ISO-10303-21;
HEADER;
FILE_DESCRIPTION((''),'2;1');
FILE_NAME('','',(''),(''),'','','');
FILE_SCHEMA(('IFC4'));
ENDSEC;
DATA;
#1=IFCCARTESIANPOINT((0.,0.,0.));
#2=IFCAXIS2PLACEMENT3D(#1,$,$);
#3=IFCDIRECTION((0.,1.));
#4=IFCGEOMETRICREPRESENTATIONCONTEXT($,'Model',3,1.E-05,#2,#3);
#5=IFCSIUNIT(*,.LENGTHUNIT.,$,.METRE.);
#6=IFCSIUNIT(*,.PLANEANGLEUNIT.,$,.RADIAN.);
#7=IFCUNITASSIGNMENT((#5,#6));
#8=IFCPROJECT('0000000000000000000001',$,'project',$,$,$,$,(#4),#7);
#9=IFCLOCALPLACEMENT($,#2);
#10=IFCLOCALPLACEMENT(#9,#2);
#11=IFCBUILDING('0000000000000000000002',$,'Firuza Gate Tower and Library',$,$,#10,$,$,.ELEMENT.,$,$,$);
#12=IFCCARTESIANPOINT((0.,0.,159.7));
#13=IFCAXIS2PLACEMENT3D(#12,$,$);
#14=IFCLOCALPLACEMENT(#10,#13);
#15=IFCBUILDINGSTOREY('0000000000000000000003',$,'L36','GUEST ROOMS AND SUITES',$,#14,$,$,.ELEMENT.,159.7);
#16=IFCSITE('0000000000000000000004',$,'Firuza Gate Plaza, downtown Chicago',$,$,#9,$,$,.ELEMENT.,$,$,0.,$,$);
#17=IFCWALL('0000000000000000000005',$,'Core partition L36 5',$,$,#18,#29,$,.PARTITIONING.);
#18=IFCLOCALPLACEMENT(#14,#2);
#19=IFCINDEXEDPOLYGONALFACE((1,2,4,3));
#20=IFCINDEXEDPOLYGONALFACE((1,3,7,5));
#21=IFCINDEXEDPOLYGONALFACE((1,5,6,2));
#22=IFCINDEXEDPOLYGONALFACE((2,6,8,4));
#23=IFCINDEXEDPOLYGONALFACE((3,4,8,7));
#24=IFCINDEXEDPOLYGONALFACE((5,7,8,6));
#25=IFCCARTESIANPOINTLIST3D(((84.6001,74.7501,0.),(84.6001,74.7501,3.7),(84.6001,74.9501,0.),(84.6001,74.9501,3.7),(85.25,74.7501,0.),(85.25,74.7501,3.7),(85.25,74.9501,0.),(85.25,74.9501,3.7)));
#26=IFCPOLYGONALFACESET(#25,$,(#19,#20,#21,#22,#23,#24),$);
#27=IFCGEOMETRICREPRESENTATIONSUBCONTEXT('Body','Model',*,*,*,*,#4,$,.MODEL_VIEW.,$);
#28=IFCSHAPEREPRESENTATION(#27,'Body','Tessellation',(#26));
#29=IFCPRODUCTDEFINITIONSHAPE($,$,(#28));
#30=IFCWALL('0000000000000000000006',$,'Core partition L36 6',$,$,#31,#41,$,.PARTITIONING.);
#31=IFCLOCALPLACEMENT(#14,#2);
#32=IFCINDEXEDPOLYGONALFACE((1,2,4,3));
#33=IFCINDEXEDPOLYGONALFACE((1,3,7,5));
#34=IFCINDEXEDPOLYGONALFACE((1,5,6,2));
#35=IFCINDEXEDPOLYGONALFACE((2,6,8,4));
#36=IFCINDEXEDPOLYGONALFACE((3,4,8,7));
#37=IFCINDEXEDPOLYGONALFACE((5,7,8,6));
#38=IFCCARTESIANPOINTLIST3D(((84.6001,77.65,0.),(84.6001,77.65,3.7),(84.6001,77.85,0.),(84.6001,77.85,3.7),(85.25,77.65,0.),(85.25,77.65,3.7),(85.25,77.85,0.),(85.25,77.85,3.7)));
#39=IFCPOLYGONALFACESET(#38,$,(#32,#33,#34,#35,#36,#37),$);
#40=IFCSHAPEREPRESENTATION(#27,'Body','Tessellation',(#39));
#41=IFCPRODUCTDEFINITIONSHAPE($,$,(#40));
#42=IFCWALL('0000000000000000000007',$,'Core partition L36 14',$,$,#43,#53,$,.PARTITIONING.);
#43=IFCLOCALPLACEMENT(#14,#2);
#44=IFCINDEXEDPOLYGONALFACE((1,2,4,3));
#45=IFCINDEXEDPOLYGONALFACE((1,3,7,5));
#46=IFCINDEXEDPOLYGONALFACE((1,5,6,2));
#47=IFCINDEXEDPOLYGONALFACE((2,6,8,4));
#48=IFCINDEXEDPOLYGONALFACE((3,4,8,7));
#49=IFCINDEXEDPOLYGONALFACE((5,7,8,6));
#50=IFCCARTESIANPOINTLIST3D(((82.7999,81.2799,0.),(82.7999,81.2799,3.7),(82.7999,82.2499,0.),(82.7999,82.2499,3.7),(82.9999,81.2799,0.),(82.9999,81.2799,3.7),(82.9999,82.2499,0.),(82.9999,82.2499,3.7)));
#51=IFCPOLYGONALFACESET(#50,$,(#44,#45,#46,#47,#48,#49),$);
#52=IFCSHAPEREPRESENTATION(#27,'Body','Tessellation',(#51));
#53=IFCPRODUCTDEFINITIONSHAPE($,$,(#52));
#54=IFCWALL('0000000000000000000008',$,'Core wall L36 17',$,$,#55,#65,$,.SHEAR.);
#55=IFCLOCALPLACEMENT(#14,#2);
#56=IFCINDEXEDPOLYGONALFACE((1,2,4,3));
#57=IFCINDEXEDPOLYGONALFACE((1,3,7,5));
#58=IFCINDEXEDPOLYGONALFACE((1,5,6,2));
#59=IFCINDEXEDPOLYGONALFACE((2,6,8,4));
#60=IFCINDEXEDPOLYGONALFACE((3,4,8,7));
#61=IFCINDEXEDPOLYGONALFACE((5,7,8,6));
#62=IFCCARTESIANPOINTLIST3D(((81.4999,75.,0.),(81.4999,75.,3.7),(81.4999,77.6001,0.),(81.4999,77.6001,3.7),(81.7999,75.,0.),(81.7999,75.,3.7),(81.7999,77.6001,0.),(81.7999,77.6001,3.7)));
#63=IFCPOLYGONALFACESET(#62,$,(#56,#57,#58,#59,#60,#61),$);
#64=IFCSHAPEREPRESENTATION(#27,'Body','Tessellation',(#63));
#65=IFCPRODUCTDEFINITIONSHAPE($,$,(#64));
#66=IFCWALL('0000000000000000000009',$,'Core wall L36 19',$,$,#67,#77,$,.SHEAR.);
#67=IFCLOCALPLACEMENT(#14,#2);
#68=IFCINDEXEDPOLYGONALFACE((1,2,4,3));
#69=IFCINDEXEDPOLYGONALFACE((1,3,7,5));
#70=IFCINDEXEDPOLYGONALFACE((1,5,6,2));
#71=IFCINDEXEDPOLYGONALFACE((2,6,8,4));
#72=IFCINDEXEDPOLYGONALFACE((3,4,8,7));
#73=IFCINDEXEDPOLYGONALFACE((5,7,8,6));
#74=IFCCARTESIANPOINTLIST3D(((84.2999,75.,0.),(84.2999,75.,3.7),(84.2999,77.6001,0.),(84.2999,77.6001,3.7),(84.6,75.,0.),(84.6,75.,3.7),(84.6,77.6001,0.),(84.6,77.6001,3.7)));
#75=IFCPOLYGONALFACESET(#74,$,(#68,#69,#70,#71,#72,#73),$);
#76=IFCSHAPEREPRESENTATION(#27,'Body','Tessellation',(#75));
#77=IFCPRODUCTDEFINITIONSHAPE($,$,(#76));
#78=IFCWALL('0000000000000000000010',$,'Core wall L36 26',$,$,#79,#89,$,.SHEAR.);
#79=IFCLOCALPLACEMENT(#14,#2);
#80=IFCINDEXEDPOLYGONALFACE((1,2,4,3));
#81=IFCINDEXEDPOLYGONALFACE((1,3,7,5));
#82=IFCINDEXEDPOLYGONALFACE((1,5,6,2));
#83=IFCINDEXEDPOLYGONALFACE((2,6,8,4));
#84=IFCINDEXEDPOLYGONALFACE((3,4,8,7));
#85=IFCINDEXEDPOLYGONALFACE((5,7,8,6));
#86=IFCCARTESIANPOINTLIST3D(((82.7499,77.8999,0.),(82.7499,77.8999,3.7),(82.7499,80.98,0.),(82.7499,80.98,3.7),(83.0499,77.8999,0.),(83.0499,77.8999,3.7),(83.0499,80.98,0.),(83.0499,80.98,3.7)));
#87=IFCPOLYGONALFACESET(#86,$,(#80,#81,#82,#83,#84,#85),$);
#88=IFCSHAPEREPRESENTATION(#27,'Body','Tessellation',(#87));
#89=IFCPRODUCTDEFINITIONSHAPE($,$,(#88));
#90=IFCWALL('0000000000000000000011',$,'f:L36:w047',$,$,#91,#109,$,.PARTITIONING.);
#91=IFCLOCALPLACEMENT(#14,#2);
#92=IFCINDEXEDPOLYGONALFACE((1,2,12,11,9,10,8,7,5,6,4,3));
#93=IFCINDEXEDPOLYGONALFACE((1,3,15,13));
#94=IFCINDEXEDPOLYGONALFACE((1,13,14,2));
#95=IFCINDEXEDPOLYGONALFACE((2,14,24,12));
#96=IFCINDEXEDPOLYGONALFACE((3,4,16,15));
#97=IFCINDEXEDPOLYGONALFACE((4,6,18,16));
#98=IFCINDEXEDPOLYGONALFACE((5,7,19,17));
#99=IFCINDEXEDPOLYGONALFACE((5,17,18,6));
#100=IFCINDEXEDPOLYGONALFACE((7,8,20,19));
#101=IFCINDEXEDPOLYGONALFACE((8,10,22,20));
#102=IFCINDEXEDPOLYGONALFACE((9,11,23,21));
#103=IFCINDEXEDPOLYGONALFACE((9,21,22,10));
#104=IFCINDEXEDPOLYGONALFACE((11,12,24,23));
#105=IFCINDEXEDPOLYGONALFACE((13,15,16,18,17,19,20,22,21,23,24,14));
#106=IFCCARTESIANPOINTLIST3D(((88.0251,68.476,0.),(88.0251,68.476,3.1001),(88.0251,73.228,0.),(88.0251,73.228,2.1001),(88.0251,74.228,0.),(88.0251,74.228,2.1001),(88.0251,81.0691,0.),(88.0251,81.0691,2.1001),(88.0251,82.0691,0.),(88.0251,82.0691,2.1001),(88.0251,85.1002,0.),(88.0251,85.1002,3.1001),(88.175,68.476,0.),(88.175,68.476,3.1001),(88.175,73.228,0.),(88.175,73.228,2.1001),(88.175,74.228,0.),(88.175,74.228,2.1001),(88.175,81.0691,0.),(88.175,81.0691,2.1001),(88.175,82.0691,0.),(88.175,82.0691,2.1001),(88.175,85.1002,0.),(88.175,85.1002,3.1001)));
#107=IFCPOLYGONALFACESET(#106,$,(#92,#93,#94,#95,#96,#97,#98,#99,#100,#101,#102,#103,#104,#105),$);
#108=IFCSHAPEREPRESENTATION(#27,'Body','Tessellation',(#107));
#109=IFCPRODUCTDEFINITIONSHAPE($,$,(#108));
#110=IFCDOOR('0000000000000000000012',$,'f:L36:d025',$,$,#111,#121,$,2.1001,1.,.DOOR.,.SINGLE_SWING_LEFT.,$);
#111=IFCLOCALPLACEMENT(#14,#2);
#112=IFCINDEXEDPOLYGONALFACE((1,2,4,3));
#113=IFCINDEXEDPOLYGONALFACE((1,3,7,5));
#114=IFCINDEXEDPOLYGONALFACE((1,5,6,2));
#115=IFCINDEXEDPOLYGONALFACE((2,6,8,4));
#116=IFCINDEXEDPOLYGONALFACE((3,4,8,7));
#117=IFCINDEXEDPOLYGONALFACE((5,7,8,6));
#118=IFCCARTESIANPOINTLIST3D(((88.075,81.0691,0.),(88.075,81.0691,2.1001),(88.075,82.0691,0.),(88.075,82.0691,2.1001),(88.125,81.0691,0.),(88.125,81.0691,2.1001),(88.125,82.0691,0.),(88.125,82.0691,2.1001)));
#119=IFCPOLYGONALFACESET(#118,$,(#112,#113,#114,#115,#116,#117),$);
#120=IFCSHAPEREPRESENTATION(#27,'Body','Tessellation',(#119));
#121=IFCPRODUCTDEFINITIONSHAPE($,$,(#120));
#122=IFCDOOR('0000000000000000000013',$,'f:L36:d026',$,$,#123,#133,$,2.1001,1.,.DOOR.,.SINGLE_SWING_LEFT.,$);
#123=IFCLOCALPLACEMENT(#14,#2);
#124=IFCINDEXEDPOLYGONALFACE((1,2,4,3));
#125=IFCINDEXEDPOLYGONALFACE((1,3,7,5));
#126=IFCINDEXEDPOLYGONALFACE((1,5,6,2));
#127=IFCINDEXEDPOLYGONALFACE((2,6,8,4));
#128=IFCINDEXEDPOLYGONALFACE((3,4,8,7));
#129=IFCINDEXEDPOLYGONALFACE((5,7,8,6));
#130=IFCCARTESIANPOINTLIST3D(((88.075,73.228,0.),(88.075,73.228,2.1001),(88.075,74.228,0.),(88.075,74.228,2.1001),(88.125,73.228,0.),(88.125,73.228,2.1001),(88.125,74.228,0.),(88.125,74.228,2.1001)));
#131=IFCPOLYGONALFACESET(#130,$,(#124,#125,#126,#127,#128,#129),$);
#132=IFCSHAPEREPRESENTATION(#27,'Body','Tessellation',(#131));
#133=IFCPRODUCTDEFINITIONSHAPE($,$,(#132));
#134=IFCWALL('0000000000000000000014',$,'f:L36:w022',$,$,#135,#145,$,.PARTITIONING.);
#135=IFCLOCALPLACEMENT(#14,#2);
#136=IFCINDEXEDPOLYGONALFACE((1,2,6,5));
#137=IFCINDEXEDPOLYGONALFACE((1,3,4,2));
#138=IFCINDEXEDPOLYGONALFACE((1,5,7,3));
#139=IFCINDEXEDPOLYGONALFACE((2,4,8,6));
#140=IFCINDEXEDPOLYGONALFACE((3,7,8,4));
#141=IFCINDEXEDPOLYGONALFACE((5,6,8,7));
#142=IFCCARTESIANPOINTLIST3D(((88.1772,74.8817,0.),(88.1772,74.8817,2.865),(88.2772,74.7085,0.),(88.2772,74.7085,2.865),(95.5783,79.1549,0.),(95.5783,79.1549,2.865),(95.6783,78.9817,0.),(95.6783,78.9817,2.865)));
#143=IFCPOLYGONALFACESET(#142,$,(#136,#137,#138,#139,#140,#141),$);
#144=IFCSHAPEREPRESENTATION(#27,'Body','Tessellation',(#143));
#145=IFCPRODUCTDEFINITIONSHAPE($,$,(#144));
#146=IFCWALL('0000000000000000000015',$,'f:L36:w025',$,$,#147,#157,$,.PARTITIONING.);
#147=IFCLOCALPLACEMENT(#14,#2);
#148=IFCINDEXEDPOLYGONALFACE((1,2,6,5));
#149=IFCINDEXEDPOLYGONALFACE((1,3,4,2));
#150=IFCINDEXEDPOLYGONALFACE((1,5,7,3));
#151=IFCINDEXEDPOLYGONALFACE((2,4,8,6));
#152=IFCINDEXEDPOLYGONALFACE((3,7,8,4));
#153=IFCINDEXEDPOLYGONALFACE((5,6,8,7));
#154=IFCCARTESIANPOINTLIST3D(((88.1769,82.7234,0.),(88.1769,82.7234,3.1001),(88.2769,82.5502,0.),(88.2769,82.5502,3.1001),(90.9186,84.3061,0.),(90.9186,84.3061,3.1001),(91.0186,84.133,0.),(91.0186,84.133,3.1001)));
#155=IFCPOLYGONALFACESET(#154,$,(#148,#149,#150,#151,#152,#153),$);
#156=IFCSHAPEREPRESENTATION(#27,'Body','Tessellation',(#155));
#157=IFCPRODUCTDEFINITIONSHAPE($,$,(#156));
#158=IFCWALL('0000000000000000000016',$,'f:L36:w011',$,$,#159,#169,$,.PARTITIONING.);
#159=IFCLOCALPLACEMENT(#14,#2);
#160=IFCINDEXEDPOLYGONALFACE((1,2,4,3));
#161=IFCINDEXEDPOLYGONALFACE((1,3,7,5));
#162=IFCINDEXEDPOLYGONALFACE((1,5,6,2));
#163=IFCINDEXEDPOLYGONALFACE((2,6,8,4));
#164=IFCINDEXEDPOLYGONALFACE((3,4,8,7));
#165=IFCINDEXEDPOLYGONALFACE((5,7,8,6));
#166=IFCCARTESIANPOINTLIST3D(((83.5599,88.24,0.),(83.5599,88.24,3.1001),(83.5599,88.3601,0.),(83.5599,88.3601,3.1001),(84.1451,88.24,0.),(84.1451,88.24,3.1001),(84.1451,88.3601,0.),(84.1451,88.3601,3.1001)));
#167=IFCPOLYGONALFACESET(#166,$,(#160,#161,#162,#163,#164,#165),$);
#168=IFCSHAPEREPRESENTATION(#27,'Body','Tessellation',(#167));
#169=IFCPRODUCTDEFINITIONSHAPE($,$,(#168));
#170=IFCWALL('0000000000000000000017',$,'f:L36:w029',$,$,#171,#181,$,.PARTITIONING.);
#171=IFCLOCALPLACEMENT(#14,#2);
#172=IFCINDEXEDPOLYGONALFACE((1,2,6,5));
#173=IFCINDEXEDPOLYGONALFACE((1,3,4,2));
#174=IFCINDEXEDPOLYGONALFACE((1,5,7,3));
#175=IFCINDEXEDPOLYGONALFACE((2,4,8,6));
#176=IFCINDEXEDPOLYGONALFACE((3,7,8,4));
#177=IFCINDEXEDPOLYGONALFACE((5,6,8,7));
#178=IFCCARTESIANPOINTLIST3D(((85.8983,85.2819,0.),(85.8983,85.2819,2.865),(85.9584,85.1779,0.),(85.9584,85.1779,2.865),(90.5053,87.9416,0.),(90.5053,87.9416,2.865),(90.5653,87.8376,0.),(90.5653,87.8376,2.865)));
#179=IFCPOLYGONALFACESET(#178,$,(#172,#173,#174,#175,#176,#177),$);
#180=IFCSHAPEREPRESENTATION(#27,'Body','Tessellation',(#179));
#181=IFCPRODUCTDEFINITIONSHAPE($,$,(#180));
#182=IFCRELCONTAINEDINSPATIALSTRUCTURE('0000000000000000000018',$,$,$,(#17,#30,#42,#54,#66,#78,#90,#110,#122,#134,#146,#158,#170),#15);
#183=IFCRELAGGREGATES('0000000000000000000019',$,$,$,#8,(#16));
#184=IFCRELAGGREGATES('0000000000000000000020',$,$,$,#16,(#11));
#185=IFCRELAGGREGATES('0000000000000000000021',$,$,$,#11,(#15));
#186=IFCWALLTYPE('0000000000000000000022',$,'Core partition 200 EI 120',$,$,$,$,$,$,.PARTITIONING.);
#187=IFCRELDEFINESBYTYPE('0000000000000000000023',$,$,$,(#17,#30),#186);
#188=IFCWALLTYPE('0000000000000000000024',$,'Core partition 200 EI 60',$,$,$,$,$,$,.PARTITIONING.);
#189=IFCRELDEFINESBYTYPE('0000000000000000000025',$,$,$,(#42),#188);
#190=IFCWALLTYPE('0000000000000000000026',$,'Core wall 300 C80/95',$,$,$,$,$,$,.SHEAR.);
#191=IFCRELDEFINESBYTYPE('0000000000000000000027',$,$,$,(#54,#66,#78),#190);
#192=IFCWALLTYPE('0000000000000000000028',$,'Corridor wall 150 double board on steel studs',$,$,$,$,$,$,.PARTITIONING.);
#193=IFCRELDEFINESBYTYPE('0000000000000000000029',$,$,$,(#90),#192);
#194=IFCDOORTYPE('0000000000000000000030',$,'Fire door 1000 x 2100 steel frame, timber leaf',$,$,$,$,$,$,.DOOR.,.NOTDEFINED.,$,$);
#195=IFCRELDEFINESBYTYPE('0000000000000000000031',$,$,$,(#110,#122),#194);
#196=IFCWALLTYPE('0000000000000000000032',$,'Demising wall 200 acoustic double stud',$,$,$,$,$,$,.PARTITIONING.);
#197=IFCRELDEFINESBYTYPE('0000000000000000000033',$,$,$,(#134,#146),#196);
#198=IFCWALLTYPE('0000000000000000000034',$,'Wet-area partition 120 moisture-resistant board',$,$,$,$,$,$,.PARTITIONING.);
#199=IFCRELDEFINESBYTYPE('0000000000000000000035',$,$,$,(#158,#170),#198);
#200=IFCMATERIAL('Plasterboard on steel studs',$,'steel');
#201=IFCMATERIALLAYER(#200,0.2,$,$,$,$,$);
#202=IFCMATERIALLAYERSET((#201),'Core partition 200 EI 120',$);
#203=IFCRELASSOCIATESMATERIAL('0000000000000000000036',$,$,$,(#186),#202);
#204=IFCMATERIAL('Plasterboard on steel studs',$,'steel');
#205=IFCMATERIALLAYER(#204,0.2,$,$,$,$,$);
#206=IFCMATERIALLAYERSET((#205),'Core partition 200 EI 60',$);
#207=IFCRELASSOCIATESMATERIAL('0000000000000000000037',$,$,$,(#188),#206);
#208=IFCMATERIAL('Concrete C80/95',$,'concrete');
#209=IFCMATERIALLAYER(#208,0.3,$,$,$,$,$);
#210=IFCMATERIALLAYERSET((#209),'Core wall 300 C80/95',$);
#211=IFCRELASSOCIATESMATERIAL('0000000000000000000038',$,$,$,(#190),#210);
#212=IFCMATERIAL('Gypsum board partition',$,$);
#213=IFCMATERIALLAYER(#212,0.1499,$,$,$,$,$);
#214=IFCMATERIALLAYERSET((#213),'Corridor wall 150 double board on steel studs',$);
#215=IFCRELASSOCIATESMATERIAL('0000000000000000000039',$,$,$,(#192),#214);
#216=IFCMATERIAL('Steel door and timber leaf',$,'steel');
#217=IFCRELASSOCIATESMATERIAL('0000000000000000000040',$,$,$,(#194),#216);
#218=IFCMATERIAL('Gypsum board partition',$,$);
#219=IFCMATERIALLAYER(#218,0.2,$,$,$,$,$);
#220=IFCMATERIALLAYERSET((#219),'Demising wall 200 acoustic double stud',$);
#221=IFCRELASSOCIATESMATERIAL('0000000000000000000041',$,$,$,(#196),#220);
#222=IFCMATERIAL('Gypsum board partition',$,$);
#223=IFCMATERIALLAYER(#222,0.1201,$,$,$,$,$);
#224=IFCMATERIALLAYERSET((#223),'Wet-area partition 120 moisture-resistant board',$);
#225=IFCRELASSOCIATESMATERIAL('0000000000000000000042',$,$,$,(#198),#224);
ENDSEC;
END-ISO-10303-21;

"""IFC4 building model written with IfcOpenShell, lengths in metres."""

from ifc_helpers import new_model, si_unit, direction, frame, frame_2d, origin, place, context, subcontext, project, spatial, rectangle, extrude, material, layer, layer_set, type_object, element, fill, save


model = new_model("IFC4")

# Units and contexts
model_context = context("Model", 3, precision=1e-05, world=origin(), true_north=direction((0.0, 1.0)))
body_context = subcontext(model_context, "Body", "Model", "MODEL_VIEW")
ifc_project = project(units=[si_unit("LENGTHUNIT", "METRE"), si_unit("PLANEANGLEUNIT", "RADIAN")], contexts=[model_context])

# Site, building, storey
site_placement = place(None, origin())
site = spatial("IfcSite", under=ifc_project, at=site_placement, Name="Firuza Gate Plaza, downtown Chicago", CompositionType="ELEMENT", RefElevation=0.0)
building_placement = place(site_placement, origin())
building = spatial("IfcBuilding", under=site, at=building_placement, Name="Firuza Gate Tower and Library", CompositionType="ELEMENT")
storey_placement = place(building_placement, frame((0.0, 0.0, 159.7)))
storey = spatial("IfcBuildingStorey", under=building, at=storey_placement, Name="L36", Description="GUEST ROOMS AND SUITES", CompositionType="ELEMENT", Elevation=159.7)

# Walls
ifc_material_1 = material(Name="Plasterboard on steel studs", Category="steel")
ifc_layer_1 = layer(ifc_material_1, 0.2)
ifc_layer_set_1 = layer_set([ifc_layer_1], Name="Core partition 200 EI 120")
wall_type_1 = type_object("IfcWallType", Name="Core partition 200 EI 120", PredefinedType="PARTITIONING", material=ifc_layer_set_1)
for number, where, z_axis, x_axis, name in (
    (1, (84.6001, 74.8501, 0.0), (0.0, 0.0, 1.0), (1.0, 0.0, 0.0), "Core partition L36 5"),
    (2, (84.6001, 77.75, 0.0), (0.0, 0.0, 1.0), (1.0, 0.0, 0.0), "Core partition L36 6"),
):
    element("IfcWall", number, at=place(storey_placement, frame(where, z_axis=z_axis, x_axis=x_axis)), inside=storey, type_object=wall_type_1, Name=name, PredefinedType="PARTITIONING", context=body_context, shape_type="SweptSolid", body=[
        extrude(rectangle(XDim=0.6499, YDim=0.2, at=frame_2d((0.325, 0.0))), origin(), (0.0, 0.0, 1.0), 3.7),
    ])
ifc_material_2 = material(Name="Plasterboard on steel studs", Category="steel")
ifc_layer_2 = layer(ifc_material_2, 0.2)
ifc_layer_set_2 = layer_set([ifc_layer_2], Name="Core partition 200 EI 60")
wall_type_2 = type_object("IfcWallType", Name="Core partition 200 EI 60", PredefinedType="PARTITIONING", material=ifc_layer_set_2)
wall_1_placement = place(storey_placement, frame((82.8999, 81.28, 0.0), z_axis=(0.0, 0.0, 1.0), x_axis=(0.0, 1.0, 0.0)))
element("IfcWall", 3, at=wall_1_placement, inside=storey, type_object=wall_type_2, Name="Core partition L36 14", PredefinedType="PARTITIONING", context=body_context, shape_type="SweptSolid", body=[
    extrude(rectangle(XDim=0.97, YDim=0.2, at=frame_2d((0.4849, 0.0))), origin(), (0.0, 0.0, 1.0), 3.7),
])
ifc_material_3 = material(Name="Concrete C80/95", Category="concrete")
ifc_layer_3 = layer(ifc_material_3, 0.3)
ifc_layer_set_3 = layer_set([ifc_layer_3], Name="Core wall 300 C80/95")
wall_type_3 = type_object("IfcWallType", Name="Core wall 300 C80/95", PredefinedType="SHEAR", material=ifc_layer_set_3)
for number, where, z_axis, x_axis, name in (
    (4, (81.6499, 75.0, 0.0), (0.0, 0.0, 1.0), (0.0, 1.0, 0.0), "Core wall L36 17"),
    (5, (84.45, 75.0, 0.0), (0.0, 0.0, 1.0), (0.0, 1.0, 0.0), "Core wall L36 19"),
):
    element("IfcWall", number, at=place(storey_placement, frame(where, z_axis=z_axis, x_axis=x_axis)), inside=storey, type_object=wall_type_3, Name=name, PredefinedType="SHEAR", context=body_context, shape_type="SweptSolid", body=[
        extrude(rectangle(XDim=2.6001, YDim=0.3, at=frame_2d((1.3, 0.0))), origin(), (0.0, 0.0, 1.0), 3.7),
    ])
wall_2_placement = place(storey_placement, frame((82.8999, 77.8999, 0.0), z_axis=(0.0, 0.0, 1.0), x_axis=(0.0, 1.0, 0.0)))
element("IfcWall", 6, at=wall_2_placement, inside=storey, type_object=wall_type_3, Name="Core wall L36 26", PredefinedType="SHEAR", context=body_context, shape_type="SweptSolid", body=[
    extrude(rectangle(XDim=3.0801, YDim=0.3, at=frame_2d((1.54, 0.0))), origin(), (0.0, 0.0, 1.0), 3.7),
])

# Wall, openings, doors
ifc_material_4 = material(Name="Gypsum board partition")
ifc_layer_4 = layer(ifc_material_4, 0.1499)
ifc_layer_set_4 = layer_set([ifc_layer_4], Name="Corridor wall 150 double board on steel studs")
wall_type_4 = type_object("IfcWallType", Name="Corridor wall 150 double board on steel studs", PredefinedType="PARTITIONING", material=ifc_layer_set_4)
wall_3_placement = place(storey_placement, frame((88.1001, 85.1001, 0.0), z_axis=(0.0, 0.0, 1.0), x_axis=(0.0, -1.0, 0.0)))
wall_3 = element("IfcWall", 7, at=wall_3_placement, inside=storey, type_object=wall_type_4, Name="f:L36:w047", PredefinedType="PARTITIONING", context=body_context, shape_type="SweptSolid", body=[
    extrude(rectangle(XDim=16.6243, YDim=0.1499, at=frame_2d((8.312, 0.0))), origin(), (0.0, 0.0, 1.0), 3.1001),
])
opening_1_placement = place(wall_3_placement, frame((3.031, 0.0, 0.0)))
opening_1 = element("IfcOpeningElement", 8, at=opening_1_placement, cuts=wall_3, PredefinedType="OPENING", context=body_context, shape_type="SweptSolid", body=[
    extrude(rectangle(XDim=1.0, YDim=2.1001, at=frame_2d((0.5, 1.05))), frame((0.0, 0.085, 0.0), z_axis=(0.0, -1.0, 0.0), x_axis=(1.0, 0.0, 0.0)), (0.0, 0.0, 1.0), 0.1699),
])
opening_2_placement = place(wall_3_placement, frame((10.8721, 0.0, 0.0)))
opening_2 = element("IfcOpeningElement", 9, at=opening_2_placement, cuts=wall_3, PredefinedType="OPENING", context=body_context, shape_type="SweptSolid", body=[
    extrude(rectangle(XDim=1.0, YDim=2.1001, at=frame_2d((0.5, 1.05))), frame((0.0, 0.085, 0.0), z_axis=(0.0, -1.0, 0.0), x_axis=(1.0, 0.0, 0.0)), (0.0, 0.0, 1.0), 0.1699),
])
ifc_material_5 = material(Name="Steel door and timber leaf", Category="steel")
door_type = type_object("IfcDoorType", Name="Fire door 1000 x 2100 steel frame, timber leaf", OperationType="NOTDEFINED", PredefinedType="DOOR", material=ifc_material_5)
door_1_placement = place(opening_1_placement, origin())
door_1 = element("IfcDoor", 10, at=door_1_placement, inside=storey, type_object=door_type, Name="f:L36:d025", OperationType="SINGLE_SWING_LEFT", OverallHeight=2.1001, OverallWidth=1.0, PredefinedType="DOOR", context=body_context, shape_type="SweptSolid", body=[
    extrude(rectangle(XDim=1.0, YDim=2.1001, at=frame_2d((0.5, 1.05))), frame((0.0, 0.0249, 0.0), z_axis=(0.0, -1.0, 0.0), x_axis=(1.0, 0.0, 0.0)), (0.0, 0.0, 1.0), 0.05),
])
fill(opening_1, door_1)
door_2_placement = place(opening_2_placement, origin())
door_2 = element("IfcDoor", 11, at=door_2_placement, inside=storey, type_object=door_type, Name="f:L36:d026", OperationType="SINGLE_SWING_LEFT", OverallHeight=2.1001, OverallWidth=1.0, PredefinedType="DOOR", context=body_context, shape_type="SweptSolid", body=[
    extrude(rectangle(XDim=1.0, YDim=2.1001, at=frame_2d((0.5, 1.05))), frame((0.0, 0.0249, 0.0), z_axis=(0.0, -1.0, 0.0), x_axis=(1.0, 0.0, 0.0)), (0.0, 0.0, 1.0), 0.05),
])
fill(opening_2, door_2)

# Walls
ifc_material_6 = material(Name="Gypsum board partition")
ifc_layer_5 = layer(ifc_material_6, 0.2)
ifc_layer_set_5 = layer_set([ifc_layer_5], Name="Demising wall 200 acoustic double stud")
wall_type_5 = type_object("IfcWallType", Name="Demising wall 200 acoustic double stud", PredefinedType="PARTITIONING", material=ifc_layer_set_5)
wall_4_placement = place(storey_placement, frame((88.2273, 74.7952, 0.0), z_axis=(0.0, 0.0, 1.0), x_axis=(0.866018, 0.500013, 0.0)))
element("IfcWall", 12, at=wall_4_placement, inside=storey, type_object=wall_type_5, Name="f:L36:w022", PredefinedType="PARTITIONING", context=body_context, shape_type="SweptSolid", body=[
    extrude(rectangle(XDim=8.5461, YDim=0.2, at=frame_2d((4.2729, 0.0))), origin(), (0.0, 0.0, 1.0), 2.865),
])
wall_5_placement = place(storey_placement, frame((88.2268, 82.6367, 0.0), z_axis=(0.0, 0.0, 1.0), x_axis=(0.866047, 0.499963, 0.0)))
element("IfcWall", 13, at=wall_5_placement, inside=storey, type_object=wall_type_5, Name="f:L36:w025", PredefinedType="PARTITIONING", context=body_context, shape_type="SweptSolid", body=[
    extrude(rectangle(XDim=3.1658, YDim=0.2, at=frame_2d((1.583, 0.0))), origin(), (0.0, 0.0, 1.0), 3.1001),
])
ifc_material_7 = material(Name="Gypsum board partition")
ifc_layer_6 = layer(ifc_material_7, 0.1201)
ifc_layer_set_6 = layer_set([ifc_layer_6], Name="Wet-area partition 120 moisture-resistant board")
wall_type_6 = type_object("IfcWallType", Name="Wet-area partition 120 moisture-resistant board", PredefinedType="PARTITIONING", material=ifc_layer_set_6)
wall_6_placement = place(storey_placement, frame((83.5601, 88.3, 0.0), z_axis=(0.0, 0.0, 1.0), x_axis=(1.0, 0.0, 0.0)))
element("IfcWall", 14, at=wall_6_placement, inside=storey, type_object=wall_type_6, Name="f:L36:w011", PredefinedType="PARTITIONING", context=body_context, shape_type="SweptSolid", body=[
    extrude(rectangle(XDim=0.5852, YDim=0.1201, at=frame_2d((0.2925, 0.0))), origin(), (0.0, 0.0, 1.0), 3.1001),
])
wall_7_placement = place(storey_placement, frame((85.9285, 85.23, 0.0), z_axis=(0.0, 0.0, 1.0), x_axis=(0.866037, 0.499979, 0.0)))
element("IfcWall", 15, at=wall_7_placement, inside=storey, type_object=wall_type_6, Name="f:L36:w029", PredefinedType="PARTITIONING", context=body_context, shape_type="SweptSolid", body=[
    extrude(rectangle(XDim=5.3196, YDim=0.1201, at=frame_2d((2.6597, 0.0))), origin(), (0.0, 0.0, 1.0), 2.865),
])

save(model, "model.ifc")
